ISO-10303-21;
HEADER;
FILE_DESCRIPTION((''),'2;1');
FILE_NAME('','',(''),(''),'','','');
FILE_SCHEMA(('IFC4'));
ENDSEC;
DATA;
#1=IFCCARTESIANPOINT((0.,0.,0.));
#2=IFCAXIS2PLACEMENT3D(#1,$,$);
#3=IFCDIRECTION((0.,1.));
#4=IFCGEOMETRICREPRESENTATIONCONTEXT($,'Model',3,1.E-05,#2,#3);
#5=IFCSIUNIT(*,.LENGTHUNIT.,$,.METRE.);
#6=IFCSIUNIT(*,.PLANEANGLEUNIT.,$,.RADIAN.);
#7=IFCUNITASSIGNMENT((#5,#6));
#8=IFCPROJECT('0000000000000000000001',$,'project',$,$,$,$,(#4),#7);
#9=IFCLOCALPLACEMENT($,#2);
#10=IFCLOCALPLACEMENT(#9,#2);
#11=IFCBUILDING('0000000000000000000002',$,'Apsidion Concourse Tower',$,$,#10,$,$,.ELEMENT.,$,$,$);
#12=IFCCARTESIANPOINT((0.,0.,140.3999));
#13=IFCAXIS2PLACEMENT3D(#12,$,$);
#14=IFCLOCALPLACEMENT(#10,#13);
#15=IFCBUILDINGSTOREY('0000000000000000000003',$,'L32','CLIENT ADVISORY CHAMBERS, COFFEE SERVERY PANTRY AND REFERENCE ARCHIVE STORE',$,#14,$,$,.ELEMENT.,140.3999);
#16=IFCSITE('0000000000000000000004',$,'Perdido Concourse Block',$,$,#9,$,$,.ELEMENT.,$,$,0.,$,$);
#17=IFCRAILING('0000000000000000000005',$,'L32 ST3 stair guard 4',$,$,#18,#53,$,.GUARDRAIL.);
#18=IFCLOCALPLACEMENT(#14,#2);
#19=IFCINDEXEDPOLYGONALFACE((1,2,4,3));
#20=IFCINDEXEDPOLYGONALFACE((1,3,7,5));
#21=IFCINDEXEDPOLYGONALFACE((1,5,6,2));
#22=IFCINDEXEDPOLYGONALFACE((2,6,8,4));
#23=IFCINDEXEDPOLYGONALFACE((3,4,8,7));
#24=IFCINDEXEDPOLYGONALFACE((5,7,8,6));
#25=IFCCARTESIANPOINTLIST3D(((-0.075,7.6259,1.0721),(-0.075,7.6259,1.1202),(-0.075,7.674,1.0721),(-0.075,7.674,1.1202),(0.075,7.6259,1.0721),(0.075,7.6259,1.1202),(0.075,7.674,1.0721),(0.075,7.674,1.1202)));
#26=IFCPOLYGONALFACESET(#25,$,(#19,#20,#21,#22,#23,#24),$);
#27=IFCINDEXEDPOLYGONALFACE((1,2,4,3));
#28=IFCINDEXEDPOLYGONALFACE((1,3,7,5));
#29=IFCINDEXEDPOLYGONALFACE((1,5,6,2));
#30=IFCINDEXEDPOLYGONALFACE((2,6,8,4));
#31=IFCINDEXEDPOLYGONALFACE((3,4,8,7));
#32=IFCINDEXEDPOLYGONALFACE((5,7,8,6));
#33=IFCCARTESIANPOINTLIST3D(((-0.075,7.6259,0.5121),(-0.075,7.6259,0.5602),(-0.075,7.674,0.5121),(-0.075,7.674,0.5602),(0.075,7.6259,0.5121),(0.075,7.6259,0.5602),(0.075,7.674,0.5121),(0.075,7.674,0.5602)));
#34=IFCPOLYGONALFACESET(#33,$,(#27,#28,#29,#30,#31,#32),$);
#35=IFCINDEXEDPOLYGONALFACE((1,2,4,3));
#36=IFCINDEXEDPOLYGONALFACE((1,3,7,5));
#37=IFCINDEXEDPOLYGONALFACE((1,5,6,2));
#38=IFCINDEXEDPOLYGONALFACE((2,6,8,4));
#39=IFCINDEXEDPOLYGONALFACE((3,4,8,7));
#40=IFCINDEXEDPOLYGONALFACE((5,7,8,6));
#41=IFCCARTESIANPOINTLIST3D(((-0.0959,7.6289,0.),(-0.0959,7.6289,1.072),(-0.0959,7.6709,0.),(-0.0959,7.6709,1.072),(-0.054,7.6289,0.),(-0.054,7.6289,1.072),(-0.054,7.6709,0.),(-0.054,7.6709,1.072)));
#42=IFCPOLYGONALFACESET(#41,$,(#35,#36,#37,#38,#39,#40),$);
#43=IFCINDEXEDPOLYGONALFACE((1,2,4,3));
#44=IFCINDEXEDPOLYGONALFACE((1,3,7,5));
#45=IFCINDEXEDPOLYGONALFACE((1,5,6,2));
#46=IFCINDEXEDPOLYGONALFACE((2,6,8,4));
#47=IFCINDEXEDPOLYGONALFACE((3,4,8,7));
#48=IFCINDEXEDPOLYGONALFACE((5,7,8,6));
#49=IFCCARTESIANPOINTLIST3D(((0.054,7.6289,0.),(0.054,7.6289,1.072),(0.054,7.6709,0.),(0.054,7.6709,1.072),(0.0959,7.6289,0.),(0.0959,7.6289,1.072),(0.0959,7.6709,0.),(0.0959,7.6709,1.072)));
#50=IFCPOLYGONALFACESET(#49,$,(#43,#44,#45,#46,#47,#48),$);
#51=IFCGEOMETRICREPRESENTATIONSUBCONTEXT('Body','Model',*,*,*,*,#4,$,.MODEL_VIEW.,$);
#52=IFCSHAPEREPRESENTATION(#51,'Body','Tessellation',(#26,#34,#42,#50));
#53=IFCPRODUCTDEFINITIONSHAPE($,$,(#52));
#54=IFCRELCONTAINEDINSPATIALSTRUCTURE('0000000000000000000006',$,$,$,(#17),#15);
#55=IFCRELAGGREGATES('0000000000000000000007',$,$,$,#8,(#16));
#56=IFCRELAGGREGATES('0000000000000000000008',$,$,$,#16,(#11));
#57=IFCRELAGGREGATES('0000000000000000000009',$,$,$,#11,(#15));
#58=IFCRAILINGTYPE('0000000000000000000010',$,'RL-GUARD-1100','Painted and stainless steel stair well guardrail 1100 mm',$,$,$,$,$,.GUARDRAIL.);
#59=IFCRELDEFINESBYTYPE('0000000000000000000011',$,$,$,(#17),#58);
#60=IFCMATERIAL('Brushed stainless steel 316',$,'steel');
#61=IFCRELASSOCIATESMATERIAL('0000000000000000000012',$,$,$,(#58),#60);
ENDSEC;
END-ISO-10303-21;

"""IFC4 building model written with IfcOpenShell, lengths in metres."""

from ifc_helpers import new_model, si_unit, direction, frame, origin, origin_2d, place, context, subcontext, project, spatial, rectangle, extrude, material, type_object, element, save


model = new_model("IFC4")

# Units and contexts
model_context = context("Model", 3, precision=1e-05, world=origin(), true_north=direction((0.0, 1.0)))
body_context = subcontext(model_context, "Body", "Model", "MODEL_VIEW")
ifc_project = project(units=[si_unit("LENGTHUNIT", "METRE"), si_unit("PLANEANGLEUNIT", "RADIAN")], contexts=[model_context])

# Site, building, storey
site_placement = place(None, origin())
site = spatial("IfcSite", under=ifc_project, at=site_placement, Name="Perdido Concourse Block", CompositionType="ELEMENT", RefElevation=0.0)
building_placement = place(site_placement, origin())
building = spatial("IfcBuilding", under=site, at=building_placement, Name="Apsidion Concourse Tower", CompositionType="ELEMENT")
storey_placement = place(building_placement, frame((0.0, 0.0, 140.3999)))
storey = spatial("IfcBuildingStorey", under=building, at=storey_placement, Name="L32", Description="CLIENT ADVISORY CHAMBERS, COFFEE SERVERY PANTRY AND REFERENCE ARCHIVE STORE", CompositionType="ELEMENT", Elevation=140.3999)

# Shared definitions
ifc_material_1 = material(Name="Brushed stainless steel 316", Category="steel")

# Railing
railing_type = type_object("IfcRailingType", Name="RL-GUARD-1100", Description="Painted and stainless steel stair well guardrail 1100 mm", PredefinedType="GUARDRAIL", material=ifc_material_1)
railing_1_placement = place(storey_placement, frame((-0.075, 7.6499, 0.0)))
element("IfcRailing", 1, at=railing_1_placement, inside=storey, type_object=railing_type, Name="L32 ST3 stair guard 4", PredefinedType="GUARDRAIL", context=body_context, shape_type="SweptSolid", body=[
    extrude(rectangle(XDim=0.0481, YDim=0.0481, at=origin_2d()), frame((0.0, 0.0, 1.0962), z_axis=(1.0, 0.0, 0.0), x_axis=(0.0, 1.0, 0.0)), (0.0, 0.0, 1.0), 0.1499),
    extrude(rectangle(XDim=0.0481, YDim=0.0481, at=origin_2d()), frame((0.0, 0.0, 0.5361), z_axis=(1.0, 0.0, 0.0), x_axis=(0.0, 1.0, 0.0)), (0.0, 0.0, 1.0), 0.1499),
    extrude(rectangle(XDim=0.042, YDim=0.042, at=origin_2d()), origin(), (0.0, 0.0, 1.0), 1.072),
    extrude(rectangle(XDim=0.042, YDim=0.042, at=origin_2d()), frame((0.1499, 0.0, 0.0)), (0.0, 0.0, 1.0), 1.072),
])

save(model, "model.ifc")
